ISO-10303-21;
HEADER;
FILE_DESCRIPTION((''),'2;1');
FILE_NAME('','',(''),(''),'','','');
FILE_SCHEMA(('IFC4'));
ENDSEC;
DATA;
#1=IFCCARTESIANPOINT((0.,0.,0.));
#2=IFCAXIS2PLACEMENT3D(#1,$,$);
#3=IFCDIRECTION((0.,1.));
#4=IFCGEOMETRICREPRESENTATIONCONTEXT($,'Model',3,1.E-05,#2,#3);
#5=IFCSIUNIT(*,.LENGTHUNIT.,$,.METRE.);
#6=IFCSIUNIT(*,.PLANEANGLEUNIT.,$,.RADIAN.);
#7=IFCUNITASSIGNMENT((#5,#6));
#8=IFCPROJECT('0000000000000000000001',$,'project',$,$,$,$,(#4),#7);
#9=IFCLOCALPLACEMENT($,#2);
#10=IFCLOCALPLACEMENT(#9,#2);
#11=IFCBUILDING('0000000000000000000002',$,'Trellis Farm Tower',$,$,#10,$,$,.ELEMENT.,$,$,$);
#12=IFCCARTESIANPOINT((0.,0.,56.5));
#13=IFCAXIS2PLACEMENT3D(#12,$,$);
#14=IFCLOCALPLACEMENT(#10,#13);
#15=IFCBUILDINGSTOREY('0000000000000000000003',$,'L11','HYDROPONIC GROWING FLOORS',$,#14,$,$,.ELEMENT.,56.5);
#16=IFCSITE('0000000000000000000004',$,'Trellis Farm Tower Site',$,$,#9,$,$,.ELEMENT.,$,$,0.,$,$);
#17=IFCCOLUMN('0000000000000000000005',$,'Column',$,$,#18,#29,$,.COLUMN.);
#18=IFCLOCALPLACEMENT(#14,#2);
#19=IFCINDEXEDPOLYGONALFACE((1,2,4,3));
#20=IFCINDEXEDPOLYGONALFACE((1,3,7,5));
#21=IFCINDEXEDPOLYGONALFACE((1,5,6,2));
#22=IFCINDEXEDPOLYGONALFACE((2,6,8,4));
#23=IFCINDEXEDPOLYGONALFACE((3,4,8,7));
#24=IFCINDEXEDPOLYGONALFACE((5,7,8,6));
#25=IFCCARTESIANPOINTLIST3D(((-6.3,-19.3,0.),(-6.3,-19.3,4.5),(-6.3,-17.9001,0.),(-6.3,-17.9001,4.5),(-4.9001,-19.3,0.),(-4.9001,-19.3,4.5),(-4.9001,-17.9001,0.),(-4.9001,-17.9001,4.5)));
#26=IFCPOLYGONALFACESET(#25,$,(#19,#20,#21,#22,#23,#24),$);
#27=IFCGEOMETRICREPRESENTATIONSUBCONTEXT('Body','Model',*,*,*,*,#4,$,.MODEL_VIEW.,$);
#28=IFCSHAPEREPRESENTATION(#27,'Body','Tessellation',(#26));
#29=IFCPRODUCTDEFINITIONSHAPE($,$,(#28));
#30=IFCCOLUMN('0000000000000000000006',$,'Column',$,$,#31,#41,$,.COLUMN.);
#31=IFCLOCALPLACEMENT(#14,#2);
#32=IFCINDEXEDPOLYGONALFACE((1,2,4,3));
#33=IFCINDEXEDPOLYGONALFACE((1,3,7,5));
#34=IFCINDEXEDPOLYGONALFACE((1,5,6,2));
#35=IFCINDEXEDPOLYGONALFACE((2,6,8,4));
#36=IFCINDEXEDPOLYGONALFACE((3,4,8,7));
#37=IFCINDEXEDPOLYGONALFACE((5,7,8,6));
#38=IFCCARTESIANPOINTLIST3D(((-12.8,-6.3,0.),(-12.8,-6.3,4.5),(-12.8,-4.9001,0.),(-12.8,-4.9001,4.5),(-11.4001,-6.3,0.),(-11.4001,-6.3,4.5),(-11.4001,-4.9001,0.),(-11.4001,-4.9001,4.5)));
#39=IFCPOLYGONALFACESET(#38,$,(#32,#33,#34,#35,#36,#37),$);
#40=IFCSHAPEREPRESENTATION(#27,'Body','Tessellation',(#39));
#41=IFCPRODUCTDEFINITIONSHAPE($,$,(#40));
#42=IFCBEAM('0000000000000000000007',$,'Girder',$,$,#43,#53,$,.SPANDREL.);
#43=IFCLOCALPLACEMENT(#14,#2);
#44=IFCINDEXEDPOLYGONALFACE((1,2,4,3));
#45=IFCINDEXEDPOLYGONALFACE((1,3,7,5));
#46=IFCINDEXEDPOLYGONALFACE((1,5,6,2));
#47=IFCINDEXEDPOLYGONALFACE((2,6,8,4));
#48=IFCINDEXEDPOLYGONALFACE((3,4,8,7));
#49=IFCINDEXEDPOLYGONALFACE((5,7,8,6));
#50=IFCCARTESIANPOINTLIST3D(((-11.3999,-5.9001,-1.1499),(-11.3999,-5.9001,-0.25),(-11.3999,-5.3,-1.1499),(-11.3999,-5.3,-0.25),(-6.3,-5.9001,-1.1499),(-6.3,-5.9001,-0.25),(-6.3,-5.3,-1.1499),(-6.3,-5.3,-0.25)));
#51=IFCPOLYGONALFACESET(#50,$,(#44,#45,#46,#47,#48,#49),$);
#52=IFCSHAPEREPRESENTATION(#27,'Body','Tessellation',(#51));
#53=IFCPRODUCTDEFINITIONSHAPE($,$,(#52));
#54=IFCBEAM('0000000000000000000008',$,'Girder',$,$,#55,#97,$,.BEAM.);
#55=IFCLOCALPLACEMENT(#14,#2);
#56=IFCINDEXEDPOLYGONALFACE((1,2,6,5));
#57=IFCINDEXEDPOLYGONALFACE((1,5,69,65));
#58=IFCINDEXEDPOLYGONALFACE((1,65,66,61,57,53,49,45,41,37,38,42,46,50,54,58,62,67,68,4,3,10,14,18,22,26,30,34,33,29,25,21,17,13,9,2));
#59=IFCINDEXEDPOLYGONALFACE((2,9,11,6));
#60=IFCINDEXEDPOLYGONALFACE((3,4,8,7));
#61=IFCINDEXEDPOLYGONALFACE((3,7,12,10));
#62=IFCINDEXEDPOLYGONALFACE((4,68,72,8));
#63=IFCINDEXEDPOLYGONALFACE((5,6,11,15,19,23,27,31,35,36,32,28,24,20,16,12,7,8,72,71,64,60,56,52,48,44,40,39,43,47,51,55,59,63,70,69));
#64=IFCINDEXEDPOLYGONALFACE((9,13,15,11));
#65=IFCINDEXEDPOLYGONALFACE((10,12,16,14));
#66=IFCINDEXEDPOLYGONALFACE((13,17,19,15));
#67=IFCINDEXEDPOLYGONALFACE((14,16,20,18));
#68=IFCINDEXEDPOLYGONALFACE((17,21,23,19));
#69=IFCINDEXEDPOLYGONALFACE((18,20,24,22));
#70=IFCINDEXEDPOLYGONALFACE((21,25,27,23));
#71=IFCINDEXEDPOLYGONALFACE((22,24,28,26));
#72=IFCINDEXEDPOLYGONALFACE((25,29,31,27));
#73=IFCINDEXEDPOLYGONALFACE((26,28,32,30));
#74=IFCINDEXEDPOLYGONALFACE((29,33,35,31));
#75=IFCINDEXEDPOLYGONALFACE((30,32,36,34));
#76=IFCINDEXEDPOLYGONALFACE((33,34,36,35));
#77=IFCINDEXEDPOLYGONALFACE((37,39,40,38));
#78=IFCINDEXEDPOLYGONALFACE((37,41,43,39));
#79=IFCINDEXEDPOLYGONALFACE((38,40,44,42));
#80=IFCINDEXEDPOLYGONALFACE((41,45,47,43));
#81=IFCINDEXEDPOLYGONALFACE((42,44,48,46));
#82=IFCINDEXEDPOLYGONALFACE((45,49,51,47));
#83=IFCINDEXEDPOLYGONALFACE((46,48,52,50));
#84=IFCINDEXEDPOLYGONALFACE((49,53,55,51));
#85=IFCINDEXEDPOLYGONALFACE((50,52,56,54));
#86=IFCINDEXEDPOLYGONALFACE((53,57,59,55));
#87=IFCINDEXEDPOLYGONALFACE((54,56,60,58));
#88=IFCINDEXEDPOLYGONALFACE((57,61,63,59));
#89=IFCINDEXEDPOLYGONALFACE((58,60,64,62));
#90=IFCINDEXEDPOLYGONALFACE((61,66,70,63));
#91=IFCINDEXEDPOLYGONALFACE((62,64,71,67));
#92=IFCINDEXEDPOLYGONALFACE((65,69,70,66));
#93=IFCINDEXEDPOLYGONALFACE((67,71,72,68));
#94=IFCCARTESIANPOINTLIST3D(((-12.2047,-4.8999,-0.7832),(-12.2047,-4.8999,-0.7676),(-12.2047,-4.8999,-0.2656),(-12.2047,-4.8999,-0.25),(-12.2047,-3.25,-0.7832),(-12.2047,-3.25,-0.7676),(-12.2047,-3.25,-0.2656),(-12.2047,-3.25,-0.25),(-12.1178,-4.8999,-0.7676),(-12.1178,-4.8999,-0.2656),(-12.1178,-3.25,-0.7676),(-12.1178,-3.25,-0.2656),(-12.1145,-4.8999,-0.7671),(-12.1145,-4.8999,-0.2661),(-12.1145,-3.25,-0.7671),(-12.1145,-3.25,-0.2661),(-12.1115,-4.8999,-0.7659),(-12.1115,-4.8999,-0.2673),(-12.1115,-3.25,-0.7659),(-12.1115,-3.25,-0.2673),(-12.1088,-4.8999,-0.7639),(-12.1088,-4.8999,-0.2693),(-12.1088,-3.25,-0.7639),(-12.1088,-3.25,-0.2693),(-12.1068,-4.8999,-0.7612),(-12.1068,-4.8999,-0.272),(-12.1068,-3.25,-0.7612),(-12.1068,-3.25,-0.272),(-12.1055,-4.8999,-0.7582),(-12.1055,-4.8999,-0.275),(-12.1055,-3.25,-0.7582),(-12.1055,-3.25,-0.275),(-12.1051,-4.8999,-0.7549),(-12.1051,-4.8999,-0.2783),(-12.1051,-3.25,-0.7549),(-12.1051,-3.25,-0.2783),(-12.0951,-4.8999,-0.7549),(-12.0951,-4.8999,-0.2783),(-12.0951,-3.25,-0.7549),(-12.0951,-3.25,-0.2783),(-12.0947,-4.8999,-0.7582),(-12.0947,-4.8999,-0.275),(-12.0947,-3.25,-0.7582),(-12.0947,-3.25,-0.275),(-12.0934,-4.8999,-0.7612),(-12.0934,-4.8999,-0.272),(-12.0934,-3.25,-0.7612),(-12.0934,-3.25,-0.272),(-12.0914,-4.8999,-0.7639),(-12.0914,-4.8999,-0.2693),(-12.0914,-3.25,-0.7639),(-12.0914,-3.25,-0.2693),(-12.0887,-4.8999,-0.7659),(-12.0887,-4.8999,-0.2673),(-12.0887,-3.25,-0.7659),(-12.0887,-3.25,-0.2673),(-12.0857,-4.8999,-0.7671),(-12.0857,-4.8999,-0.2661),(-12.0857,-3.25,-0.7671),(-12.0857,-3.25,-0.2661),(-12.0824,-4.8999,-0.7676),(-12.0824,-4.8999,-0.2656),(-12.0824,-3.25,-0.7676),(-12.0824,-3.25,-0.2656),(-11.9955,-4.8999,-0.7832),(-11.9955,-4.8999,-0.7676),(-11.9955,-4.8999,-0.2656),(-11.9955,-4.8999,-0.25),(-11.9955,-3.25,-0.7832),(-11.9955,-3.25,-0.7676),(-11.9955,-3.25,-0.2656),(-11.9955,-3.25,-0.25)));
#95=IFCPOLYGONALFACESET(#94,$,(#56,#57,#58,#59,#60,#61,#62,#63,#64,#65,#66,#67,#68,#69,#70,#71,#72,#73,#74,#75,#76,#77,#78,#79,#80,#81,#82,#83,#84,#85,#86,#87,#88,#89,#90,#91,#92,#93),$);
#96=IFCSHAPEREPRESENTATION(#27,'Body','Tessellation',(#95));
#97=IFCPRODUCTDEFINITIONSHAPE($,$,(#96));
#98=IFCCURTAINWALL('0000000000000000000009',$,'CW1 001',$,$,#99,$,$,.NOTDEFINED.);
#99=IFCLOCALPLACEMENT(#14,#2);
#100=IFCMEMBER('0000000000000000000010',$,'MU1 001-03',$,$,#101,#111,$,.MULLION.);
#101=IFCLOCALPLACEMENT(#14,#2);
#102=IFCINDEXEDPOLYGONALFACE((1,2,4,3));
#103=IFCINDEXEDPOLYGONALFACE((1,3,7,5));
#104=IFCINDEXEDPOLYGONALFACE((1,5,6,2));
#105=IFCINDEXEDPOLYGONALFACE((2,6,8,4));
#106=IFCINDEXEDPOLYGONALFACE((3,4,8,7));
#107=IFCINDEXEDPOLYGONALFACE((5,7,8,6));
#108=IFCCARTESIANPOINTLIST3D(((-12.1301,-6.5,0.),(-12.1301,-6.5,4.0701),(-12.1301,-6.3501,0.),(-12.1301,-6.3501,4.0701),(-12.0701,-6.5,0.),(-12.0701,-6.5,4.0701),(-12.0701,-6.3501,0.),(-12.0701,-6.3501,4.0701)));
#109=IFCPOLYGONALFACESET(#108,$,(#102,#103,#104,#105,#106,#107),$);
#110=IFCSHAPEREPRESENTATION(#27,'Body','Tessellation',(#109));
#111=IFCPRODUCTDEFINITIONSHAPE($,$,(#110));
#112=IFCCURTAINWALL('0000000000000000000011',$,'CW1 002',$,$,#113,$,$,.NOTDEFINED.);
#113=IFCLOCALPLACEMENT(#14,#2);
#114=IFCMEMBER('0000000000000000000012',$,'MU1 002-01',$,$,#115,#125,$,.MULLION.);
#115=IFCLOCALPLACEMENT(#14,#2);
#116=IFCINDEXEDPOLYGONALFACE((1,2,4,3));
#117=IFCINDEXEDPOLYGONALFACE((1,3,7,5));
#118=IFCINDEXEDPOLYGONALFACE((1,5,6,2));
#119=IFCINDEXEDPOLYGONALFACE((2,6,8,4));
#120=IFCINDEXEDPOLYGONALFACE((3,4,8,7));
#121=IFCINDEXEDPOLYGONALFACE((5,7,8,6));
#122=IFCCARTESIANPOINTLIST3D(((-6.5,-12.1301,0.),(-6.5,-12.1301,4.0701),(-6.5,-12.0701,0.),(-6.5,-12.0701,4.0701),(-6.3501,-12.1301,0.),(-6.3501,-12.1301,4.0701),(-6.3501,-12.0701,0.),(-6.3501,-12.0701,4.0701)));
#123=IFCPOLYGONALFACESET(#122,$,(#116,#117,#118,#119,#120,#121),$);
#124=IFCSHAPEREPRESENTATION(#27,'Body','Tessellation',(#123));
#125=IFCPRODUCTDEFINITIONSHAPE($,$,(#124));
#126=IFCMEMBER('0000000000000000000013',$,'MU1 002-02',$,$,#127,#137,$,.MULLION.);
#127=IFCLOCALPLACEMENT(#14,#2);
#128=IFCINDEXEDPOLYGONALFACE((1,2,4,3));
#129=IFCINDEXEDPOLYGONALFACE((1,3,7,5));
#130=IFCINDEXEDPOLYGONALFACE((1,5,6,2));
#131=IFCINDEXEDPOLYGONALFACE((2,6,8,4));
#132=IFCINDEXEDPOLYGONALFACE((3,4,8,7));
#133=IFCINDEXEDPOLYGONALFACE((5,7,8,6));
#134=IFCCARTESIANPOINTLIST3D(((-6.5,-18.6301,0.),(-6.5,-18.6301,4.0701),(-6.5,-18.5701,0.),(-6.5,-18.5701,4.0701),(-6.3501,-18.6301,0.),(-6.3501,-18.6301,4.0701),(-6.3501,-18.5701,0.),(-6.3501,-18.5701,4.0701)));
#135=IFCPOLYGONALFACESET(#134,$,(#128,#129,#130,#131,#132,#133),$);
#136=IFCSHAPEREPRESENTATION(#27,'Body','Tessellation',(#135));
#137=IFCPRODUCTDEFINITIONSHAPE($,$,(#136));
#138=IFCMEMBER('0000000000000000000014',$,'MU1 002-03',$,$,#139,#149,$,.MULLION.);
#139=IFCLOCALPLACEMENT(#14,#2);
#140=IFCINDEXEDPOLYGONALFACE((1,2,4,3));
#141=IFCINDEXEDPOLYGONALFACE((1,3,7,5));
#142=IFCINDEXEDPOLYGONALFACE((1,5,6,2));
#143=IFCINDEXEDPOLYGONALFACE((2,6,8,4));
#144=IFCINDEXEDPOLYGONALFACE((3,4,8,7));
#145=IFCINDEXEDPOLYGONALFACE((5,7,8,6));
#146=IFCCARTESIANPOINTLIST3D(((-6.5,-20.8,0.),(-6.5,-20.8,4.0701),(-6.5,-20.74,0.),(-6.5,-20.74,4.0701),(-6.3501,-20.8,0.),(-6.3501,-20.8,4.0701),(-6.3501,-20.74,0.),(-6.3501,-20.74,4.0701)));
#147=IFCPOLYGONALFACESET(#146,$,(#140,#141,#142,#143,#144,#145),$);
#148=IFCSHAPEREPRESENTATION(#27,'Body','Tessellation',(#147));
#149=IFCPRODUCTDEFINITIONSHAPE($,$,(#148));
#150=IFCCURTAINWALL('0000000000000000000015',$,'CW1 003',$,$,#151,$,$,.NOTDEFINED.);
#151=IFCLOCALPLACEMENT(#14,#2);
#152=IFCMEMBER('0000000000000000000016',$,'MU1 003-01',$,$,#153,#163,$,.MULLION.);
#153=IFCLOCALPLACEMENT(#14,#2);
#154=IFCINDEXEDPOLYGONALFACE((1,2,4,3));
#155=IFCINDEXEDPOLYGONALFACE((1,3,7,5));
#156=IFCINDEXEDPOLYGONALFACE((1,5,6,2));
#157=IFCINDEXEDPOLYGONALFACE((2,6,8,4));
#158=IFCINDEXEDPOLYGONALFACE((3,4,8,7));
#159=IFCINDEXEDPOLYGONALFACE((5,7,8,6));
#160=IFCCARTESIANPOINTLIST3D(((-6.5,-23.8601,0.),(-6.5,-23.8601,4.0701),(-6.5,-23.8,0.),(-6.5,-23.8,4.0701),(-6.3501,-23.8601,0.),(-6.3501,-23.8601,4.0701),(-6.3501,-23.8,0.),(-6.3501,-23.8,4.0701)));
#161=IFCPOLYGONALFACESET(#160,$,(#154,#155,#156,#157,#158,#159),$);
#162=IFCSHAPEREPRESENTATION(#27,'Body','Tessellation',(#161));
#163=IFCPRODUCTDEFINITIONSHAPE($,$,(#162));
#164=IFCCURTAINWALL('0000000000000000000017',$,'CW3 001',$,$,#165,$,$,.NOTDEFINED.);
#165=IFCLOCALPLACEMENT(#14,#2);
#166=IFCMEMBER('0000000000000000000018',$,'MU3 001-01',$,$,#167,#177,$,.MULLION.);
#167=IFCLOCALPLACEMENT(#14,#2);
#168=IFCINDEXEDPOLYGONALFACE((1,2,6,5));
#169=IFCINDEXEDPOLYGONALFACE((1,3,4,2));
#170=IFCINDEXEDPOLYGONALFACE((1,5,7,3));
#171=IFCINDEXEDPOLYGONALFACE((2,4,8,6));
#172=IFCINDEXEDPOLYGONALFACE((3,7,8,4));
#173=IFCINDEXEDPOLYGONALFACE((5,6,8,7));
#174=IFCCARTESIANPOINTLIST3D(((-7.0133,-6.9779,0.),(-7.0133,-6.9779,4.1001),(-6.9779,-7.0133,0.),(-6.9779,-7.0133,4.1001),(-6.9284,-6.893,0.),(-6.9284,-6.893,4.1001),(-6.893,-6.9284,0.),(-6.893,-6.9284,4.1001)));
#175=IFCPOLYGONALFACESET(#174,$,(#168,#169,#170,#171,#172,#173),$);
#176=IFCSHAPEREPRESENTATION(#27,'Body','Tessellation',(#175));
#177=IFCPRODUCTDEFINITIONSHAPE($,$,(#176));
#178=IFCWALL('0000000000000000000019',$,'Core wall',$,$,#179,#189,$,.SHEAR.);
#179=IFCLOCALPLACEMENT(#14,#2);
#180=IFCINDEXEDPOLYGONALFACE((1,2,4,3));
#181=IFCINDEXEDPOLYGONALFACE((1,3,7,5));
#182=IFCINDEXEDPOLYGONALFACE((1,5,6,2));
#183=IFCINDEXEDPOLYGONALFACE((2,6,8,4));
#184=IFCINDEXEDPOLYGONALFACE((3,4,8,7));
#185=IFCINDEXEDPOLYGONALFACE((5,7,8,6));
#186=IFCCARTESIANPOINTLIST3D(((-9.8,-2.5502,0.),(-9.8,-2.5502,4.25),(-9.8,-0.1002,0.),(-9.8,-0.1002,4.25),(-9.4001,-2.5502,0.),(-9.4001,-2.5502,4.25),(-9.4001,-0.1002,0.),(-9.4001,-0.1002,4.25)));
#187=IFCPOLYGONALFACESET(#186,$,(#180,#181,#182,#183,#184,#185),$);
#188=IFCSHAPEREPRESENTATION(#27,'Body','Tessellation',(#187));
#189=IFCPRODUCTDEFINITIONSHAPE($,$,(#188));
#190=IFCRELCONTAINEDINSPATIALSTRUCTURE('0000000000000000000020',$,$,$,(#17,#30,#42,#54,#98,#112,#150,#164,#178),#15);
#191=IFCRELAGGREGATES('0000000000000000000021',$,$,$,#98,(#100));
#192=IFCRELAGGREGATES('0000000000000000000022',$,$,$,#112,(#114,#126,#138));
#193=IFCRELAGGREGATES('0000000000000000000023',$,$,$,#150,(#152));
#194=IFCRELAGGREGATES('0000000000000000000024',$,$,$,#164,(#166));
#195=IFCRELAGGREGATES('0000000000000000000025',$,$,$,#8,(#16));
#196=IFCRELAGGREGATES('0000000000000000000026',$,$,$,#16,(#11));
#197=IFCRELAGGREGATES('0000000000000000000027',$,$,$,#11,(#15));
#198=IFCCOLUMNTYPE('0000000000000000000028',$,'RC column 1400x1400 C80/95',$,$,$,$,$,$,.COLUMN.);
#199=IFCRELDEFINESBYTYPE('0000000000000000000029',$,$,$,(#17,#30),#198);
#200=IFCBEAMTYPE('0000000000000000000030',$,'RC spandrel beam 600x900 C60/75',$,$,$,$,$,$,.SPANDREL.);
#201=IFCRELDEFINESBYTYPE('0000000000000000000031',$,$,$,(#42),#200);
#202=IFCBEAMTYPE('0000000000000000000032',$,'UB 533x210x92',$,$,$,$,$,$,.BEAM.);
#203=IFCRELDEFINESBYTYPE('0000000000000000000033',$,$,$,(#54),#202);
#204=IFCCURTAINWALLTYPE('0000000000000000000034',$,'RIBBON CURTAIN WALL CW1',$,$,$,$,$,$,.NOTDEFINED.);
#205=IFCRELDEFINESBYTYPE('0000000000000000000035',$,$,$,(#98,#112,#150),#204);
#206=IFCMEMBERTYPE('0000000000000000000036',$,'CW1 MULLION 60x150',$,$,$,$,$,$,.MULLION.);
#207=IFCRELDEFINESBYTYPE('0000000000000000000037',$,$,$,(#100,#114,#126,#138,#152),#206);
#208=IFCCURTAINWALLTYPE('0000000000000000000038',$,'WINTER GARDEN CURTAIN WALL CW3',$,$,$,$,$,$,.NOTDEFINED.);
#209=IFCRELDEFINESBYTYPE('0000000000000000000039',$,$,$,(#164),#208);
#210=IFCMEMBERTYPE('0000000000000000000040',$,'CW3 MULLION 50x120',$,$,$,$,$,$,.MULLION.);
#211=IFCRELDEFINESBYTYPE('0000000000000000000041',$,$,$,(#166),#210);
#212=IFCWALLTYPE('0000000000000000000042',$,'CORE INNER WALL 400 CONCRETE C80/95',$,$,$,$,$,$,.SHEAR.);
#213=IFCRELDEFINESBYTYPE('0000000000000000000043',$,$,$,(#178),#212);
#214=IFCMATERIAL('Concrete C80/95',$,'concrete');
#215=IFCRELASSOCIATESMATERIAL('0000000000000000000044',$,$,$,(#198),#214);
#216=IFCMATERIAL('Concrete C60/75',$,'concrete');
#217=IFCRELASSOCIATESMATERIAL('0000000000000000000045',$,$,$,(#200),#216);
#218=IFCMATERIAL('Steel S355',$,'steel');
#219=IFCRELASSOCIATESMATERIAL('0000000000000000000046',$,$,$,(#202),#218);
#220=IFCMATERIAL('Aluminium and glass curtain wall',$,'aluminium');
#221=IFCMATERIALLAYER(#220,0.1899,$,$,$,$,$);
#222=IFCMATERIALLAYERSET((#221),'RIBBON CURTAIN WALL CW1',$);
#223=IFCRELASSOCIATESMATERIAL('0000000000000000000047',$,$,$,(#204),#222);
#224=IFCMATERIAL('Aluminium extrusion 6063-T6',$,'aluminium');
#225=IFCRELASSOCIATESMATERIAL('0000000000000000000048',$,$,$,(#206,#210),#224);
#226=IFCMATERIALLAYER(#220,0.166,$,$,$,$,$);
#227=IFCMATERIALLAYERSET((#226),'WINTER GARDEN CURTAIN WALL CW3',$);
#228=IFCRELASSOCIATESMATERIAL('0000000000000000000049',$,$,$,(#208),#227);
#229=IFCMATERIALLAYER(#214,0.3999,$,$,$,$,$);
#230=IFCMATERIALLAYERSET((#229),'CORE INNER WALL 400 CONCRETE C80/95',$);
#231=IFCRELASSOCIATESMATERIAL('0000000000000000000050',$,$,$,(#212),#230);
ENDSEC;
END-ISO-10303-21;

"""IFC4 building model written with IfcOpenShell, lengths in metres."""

from ifc_helpers import new_model, si_unit, direction, frame, frame_2d, origin, origin_2d, place, context, subcontext, project, spatial, rectangle, i_section, extrude, source, transform, mapped, material, layer, layer_set, material_profile, profile_set, type_object, element, aggregate, save


model = new_model("IFC4")

# Units and contexts
model_context = context("Model", 3, precision=1e-05, world=origin(), true_north=direction((0.0, 1.0)))
body_context = subcontext(model_context, "Body", "Model", "MODEL_VIEW")
ifc_project = project(units=[si_unit("LENGTHUNIT", "METRE"), si_unit("PLANEANGLEUNIT", "RADIAN")], contexts=[model_context])

# Site, building, storey
site_placement = place(None, origin())
site = spatial("IfcSite", under=ifc_project, at=site_placement, Name="Trellis Farm Tower Site", CompositionType="ELEMENT", RefElevation=0.0)
building_placement = place(site_placement, origin())
building = spatial("IfcBuilding", under=site, at=building_placement, Name="Trellis Farm Tower", CompositionType="ELEMENT")
storey_placement = place(building_placement, frame((0.0, 0.0, 56.5)))
storey = spatial("IfcBuildingStorey", under=building, at=storey_placement, Name="L11", Description="HYDROPONIC GROWING FLOORS", CompositionType="ELEMENT", Elevation=56.5)

# Columns
ifc_material_1 = material(Name="Concrete C80/95", Category="concrete")
ifc_material_profile_1 = material_profile(ifc_material_1, rectangle(XDim=1.3999, YDim=1.3999, at=origin_2d()), Name="RC column 1400x1400 C80/95")
ifc_profile_set_1 = profile_set([ifc_material_profile_1], Name="Concrete C80/95")
column_type = type_object("IfcColumnType", Name="RC column 1400x1400 C80/95", PredefinedType="COLUMN", material=ifc_profile_set_1)
shared_shape_1 = source(origin(), body_context, "Body", "SweptSolid", [
    extrude(rectangle(XDim=1.3999, YDim=1.3999, at=origin_2d()), origin(), (0.0, 0.0, 1.0), 4.5),
])
for number, where, z_axis, x_axis, name in (
    (1, (-5.6001, -18.6001, 0.0), (0.0, 0.0, 1.0), (1.0, 0.0, 0.0), "Column"),
    (2, (-12.1001, -5.6001, 0.0), (0.0, 0.0, 1.0), (1.0, 0.0, 0.0), "Column"),
):
    element("IfcColumn", number, at=place(storey_placement, frame(where, z_axis=z_axis, x_axis=x_axis)), inside=storey, type_object=column_type, Name=name, PredefinedType="COLUMN", context=body_context, shape_type="MappedRepresentation", body=[
        mapped(shared_shape_1, transform((0.0, 0.0, 0.0))),
    ])

# Beams
ifc_material_2 = material(Name="Concrete C60/75", Category="concrete")
ifc_material_profile_2 = material_profile(ifc_material_2, rectangle(XDim=0.6001, YDim=0.8999, at=origin_2d()), Name="RC spandrel beam 600x900 C60/75")
ifc_profile_set_2 = profile_set([ifc_material_profile_2], Name="Concrete C60/75")
beam_type_1 = type_object("IfcBeamType", Name="RC spandrel beam 600x900 C60/75", PredefinedType="SPANDREL", material=ifc_profile_set_2)
shared_shape_2 = source(origin(), body_context, "Body", "SweptSolid", [
    extrude(rectangle(XDim=0.6001, YDim=0.8999, at=origin_2d()), origin(), (0.0, 0.0, 1.0), 5.0999),
])
beam_1_placement = place(storey_placement, frame((-11.3999, -5.6001, -0.7), z_axis=(1.0, 0.0, 0.0), x_axis=(0.0, 1.0, 0.0)))
element("IfcBeam", 3, at=beam_1_placement, inside=storey, type_object=beam_type_1, Name="Girder", PredefinedType="SPANDREL", context=body_context, shape_type="MappedRepresentation", body=[
    mapped(shared_shape_2, transform((0.0, 0.0, 0.0))),
])
ifc_material_3 = material(Name="Steel S355", Category="steel")
ifc_material_profile_3 = material_profile(ifc_material_3, i_section(OverallWidth=0.2092, OverallDepth=0.5332, WebThickness=0.01, FlangeThickness=0.0156, FilletRadius=0.0127, at=origin_2d()), Name="UB 533x210x92")
ifc_profile_set_3 = profile_set([ifc_material_profile_3], Name="Steel S355")
beam_type_2 = type_object("IfcBeamType", Name="UB 533x210x92", PredefinedType="BEAM", material=ifc_profile_set_3)
shared_shape_3 = source(origin(), body_context, "Body", "SweptSolid", [
    extrude(i_section(OverallWidth=0.2092, OverallDepth=0.5332, WebThickness=0.01, FlangeThickness=0.0156, FilletRadius=0.0127, at=origin_2d()), origin(), (0.0, 0.0, 1.0), 1.6499),
])
beam_2_placement = place(storey_placement, frame((-12.1001, -4.8999, -0.5166), z_axis=(0.0, 1.0, 0.0), x_axis=(-1.0, 0.0, 0.0)))
element("IfcBeam", 4, at=beam_2_placement, inside=storey, type_object=beam_type_2, Name="Girder", PredefinedType="BEAM", context=body_context, shape_type="MappedRepresentation", body=[
    mapped(shared_shape_3, transform((0.0, 0.0, 0.0))),
])

# Curtain wall, member
ifc_material_4 = material(Name="Aluminium and glass curtain wall", Category="aluminium")
ifc_layer_1 = layer(ifc_material_4, 0.1899)
ifc_layer_set_1 = layer_set([ifc_layer_1], Name="RIBBON CURTAIN WALL CW1")
curtain_wall_type_1 = type_object("IfcCurtainWallType", Name="RIBBON CURTAIN WALL CW1", PredefinedType="NOTDEFINED", material=ifc_layer_set_1)
placement = place(storey_placement, origin())
curtain_wall_1 = element("IfcCurtainWall", 5, at=placement, inside=storey, type_object=curtain_wall_type_1, Name="CW1 001", PredefinedType="NOTDEFINED")
ifc_material_5 = material(Name="Aluminium extrusion 6063-T6", Category="aluminium")
ifc_material_profile_4 = material_profile(ifc_material_5, rectangle(XDim=0.0601, YDim=0.1499, at=origin_2d()), Name="MULLION 60x150")
ifc_profile_set_4 = profile_set([ifc_material_profile_4], Name="Aluminium extrusion 6063-T6")
member_type_1 = type_object("IfcMemberType", Name="CW1 MULLION 60x150", PredefinedType="MULLION", material=ifc_profile_set_4)
shared_shape_4 = source(origin(), body_context, "Body", "SweptSolid", [
    extrude(rectangle(XDim=0.0601, YDim=0.1499, at=origin_2d()), origin(), (0.0, 0.0, 1.0), 4.0701),
])
member_1_placement = place(storey_placement, frame((-12.1001, -6.425, 0.0), z_axis=(0.0, 0.0, 1.0), x_axis=(1.0, 0.0, 0.0)))
member_1 = element("IfcMember", 6, at=member_1_placement, type_object=member_type_1, Name="MU1 001-03", PredefinedType="MULLION", context=body_context, shape_type="MappedRepresentation", body=[
    mapped(shared_shape_4, transform((0.0, 0.0, 0.0))),
])
aggregate(curtain_wall_1, [member_1])

# Curtain wall, members
curtain_wall_2 = element("IfcCurtainWall", 7, at=placement, inside=storey, type_object=curtain_wall_type_1, Name="CW1 002", PredefinedType="NOTDEFINED")
member_2_placement = place(storey_placement, frame((-6.425, -12.1001, 0.0), z_axis=(0.0, 0.0, 1.0), x_axis=(0.0, -1.0, 0.0)))
member_2 = element("IfcMember", 8, at=member_2_placement, type_object=member_type_1, Name="MU1 002-01", PredefinedType="MULLION", context=body_context, shape_type="MappedRepresentation", body=[
    mapped(shared_shape_4, transform((0.0, 0.0, 0.0))),
])
member_3_placement = place(storey_placement, frame((-6.425, -18.6001, 0.0), z_axis=(0.0, 0.0, 1.0), x_axis=(0.0, -1.0, 0.0)))
member_3 = element("IfcMember", 9, at=member_3_placement, type_object=member_type_1, Name="MU1 002-02", PredefinedType="MULLION", context=body_context, shape_type="MappedRepresentation", body=[
    mapped(shared_shape_4, transform((0.0, 0.0, 0.0))),
])
member_4_placement = place(storey_placement, frame((-6.425, -20.77, 0.0), z_axis=(0.0, 0.0, 1.0), x_axis=(0.0, -1.0, 0.0)))
member_4 = element("IfcMember", 10, at=member_4_placement, type_object=member_type_1, Name="MU1 002-03", PredefinedType="MULLION", context=body_context, shape_type="MappedRepresentation", body=[
    mapped(shared_shape_4, transform((0.0, 0.0, 0.0))),
])
aggregate(curtain_wall_2, [member_2, member_3, member_4])

# Curtain walls, members
curtain_wall_3 = element("IfcCurtainWall", 11, at=placement, inside=storey, type_object=curtain_wall_type_1, Name="CW1 003", PredefinedType="NOTDEFINED")
member_5_placement = place(storey_placement, frame((-6.425, -23.8301, 0.0), z_axis=(0.0, 0.0, 1.0), x_axis=(0.0, -1.0, 0.0)))
member_5 = element("IfcMember", 12, at=member_5_placement, type_object=member_type_1, Name="MU1 003-01", PredefinedType="MULLION", context=body_context, shape_type="MappedRepresentation", body=[
    mapped(shared_shape_4, transform((0.0, 0.0, 0.0))),
])
aggregate(curtain_wall_3, [member_5])
ifc_layer_2 = layer(ifc_material_4, 0.166)
ifc_layer_set_2 = layer_set([ifc_layer_2], Name="WINTER GARDEN CURTAIN WALL CW3")
curtain_wall_type_2 = type_object("IfcCurtainWallType", Name="WINTER GARDEN CURTAIN WALL CW3", PredefinedType="NOTDEFINED", material=ifc_layer_set_2)
curtain_wall_4 = element("IfcCurtainWall", 13, at=placement, inside=storey, type_object=curtain_wall_type_2, Name="CW3 001", PredefinedType="NOTDEFINED")
ifc_material_profile_5 = material_profile(ifc_material_5, rectangle(XDim=0.05, YDim=0.1201, at=origin_2d()), Name="MULLION 50x120")
ifc_profile_set_5 = profile_set([ifc_material_profile_5], Name="Aluminium extrusion 6063-T6")
member_type_2 = type_object("IfcMemberType", Name="CW3 MULLION 50x120", PredefinedType="MULLION", material=ifc_profile_set_5)
shared_shape_5 = source(origin(), body_context, "Body", "SweptSolid", [
    extrude(rectangle(XDim=0.05, YDim=0.1201, at=origin_2d()), origin(), (0.0, 0.0, 1.0), 4.1001),
])
member_6_placement = place(storey_placement, frame((-6.9531, -6.9531, 0.0), z_axis=(0.0, 0.0, 1.0), x_axis=(0.707107, -0.707107, 0.0)))
member_6 = element("IfcMember", 14, at=member_6_placement, type_object=member_type_2, Name="MU3 001-01", PredefinedType="MULLION", context=body_context, shape_type="MappedRepresentation", body=[
    mapped(shared_shape_5, transform((0.0, 0.0, 0.0))),
])
aggregate(curtain_wall_4, [member_6])

# Wall
ifc_layer_3 = layer(ifc_material_1, 0.3999)
ifc_layer_set_3 = layer_set([ifc_layer_3], Name="CORE INNER WALL 400 CONCRETE C80/95")
wall_type_1 = type_object("IfcWallType", Name="CORE INNER WALL 400 CONCRETE C80/95", PredefinedType="SHEAR", material=ifc_layer_set_3)
shared_shape_6 = source(origin(), body_context, "Body", "SweptSolid", [
    extrude(rectangle(XDim=2.45, YDim=0.3999, at=frame_2d((1.2251, 0.0))), origin(), (0.0, 0.0, 1.0), 4.25),
])
for number, where, z_axis, x_axis, name in (
    (15, (-9.6001, -0.1001, 0.0), (0.0, 0.0, 1.0), (0.0, -1.0, 0.0), "Core wall"),
):
    element("IfcWall", number, at=place(storey_placement, frame(where, z_axis=z_axis, x_axis=x_axis)), inside=storey, type_object=wall_type_1, Name=name, PredefinedType="SHEAR", context=body_context, shape_type="MappedRepresentation", body=[
        mapped(shared_shape_6, transform((0.0, 0.0, 0.0))),
    ])

save(model, "model.ifc")
